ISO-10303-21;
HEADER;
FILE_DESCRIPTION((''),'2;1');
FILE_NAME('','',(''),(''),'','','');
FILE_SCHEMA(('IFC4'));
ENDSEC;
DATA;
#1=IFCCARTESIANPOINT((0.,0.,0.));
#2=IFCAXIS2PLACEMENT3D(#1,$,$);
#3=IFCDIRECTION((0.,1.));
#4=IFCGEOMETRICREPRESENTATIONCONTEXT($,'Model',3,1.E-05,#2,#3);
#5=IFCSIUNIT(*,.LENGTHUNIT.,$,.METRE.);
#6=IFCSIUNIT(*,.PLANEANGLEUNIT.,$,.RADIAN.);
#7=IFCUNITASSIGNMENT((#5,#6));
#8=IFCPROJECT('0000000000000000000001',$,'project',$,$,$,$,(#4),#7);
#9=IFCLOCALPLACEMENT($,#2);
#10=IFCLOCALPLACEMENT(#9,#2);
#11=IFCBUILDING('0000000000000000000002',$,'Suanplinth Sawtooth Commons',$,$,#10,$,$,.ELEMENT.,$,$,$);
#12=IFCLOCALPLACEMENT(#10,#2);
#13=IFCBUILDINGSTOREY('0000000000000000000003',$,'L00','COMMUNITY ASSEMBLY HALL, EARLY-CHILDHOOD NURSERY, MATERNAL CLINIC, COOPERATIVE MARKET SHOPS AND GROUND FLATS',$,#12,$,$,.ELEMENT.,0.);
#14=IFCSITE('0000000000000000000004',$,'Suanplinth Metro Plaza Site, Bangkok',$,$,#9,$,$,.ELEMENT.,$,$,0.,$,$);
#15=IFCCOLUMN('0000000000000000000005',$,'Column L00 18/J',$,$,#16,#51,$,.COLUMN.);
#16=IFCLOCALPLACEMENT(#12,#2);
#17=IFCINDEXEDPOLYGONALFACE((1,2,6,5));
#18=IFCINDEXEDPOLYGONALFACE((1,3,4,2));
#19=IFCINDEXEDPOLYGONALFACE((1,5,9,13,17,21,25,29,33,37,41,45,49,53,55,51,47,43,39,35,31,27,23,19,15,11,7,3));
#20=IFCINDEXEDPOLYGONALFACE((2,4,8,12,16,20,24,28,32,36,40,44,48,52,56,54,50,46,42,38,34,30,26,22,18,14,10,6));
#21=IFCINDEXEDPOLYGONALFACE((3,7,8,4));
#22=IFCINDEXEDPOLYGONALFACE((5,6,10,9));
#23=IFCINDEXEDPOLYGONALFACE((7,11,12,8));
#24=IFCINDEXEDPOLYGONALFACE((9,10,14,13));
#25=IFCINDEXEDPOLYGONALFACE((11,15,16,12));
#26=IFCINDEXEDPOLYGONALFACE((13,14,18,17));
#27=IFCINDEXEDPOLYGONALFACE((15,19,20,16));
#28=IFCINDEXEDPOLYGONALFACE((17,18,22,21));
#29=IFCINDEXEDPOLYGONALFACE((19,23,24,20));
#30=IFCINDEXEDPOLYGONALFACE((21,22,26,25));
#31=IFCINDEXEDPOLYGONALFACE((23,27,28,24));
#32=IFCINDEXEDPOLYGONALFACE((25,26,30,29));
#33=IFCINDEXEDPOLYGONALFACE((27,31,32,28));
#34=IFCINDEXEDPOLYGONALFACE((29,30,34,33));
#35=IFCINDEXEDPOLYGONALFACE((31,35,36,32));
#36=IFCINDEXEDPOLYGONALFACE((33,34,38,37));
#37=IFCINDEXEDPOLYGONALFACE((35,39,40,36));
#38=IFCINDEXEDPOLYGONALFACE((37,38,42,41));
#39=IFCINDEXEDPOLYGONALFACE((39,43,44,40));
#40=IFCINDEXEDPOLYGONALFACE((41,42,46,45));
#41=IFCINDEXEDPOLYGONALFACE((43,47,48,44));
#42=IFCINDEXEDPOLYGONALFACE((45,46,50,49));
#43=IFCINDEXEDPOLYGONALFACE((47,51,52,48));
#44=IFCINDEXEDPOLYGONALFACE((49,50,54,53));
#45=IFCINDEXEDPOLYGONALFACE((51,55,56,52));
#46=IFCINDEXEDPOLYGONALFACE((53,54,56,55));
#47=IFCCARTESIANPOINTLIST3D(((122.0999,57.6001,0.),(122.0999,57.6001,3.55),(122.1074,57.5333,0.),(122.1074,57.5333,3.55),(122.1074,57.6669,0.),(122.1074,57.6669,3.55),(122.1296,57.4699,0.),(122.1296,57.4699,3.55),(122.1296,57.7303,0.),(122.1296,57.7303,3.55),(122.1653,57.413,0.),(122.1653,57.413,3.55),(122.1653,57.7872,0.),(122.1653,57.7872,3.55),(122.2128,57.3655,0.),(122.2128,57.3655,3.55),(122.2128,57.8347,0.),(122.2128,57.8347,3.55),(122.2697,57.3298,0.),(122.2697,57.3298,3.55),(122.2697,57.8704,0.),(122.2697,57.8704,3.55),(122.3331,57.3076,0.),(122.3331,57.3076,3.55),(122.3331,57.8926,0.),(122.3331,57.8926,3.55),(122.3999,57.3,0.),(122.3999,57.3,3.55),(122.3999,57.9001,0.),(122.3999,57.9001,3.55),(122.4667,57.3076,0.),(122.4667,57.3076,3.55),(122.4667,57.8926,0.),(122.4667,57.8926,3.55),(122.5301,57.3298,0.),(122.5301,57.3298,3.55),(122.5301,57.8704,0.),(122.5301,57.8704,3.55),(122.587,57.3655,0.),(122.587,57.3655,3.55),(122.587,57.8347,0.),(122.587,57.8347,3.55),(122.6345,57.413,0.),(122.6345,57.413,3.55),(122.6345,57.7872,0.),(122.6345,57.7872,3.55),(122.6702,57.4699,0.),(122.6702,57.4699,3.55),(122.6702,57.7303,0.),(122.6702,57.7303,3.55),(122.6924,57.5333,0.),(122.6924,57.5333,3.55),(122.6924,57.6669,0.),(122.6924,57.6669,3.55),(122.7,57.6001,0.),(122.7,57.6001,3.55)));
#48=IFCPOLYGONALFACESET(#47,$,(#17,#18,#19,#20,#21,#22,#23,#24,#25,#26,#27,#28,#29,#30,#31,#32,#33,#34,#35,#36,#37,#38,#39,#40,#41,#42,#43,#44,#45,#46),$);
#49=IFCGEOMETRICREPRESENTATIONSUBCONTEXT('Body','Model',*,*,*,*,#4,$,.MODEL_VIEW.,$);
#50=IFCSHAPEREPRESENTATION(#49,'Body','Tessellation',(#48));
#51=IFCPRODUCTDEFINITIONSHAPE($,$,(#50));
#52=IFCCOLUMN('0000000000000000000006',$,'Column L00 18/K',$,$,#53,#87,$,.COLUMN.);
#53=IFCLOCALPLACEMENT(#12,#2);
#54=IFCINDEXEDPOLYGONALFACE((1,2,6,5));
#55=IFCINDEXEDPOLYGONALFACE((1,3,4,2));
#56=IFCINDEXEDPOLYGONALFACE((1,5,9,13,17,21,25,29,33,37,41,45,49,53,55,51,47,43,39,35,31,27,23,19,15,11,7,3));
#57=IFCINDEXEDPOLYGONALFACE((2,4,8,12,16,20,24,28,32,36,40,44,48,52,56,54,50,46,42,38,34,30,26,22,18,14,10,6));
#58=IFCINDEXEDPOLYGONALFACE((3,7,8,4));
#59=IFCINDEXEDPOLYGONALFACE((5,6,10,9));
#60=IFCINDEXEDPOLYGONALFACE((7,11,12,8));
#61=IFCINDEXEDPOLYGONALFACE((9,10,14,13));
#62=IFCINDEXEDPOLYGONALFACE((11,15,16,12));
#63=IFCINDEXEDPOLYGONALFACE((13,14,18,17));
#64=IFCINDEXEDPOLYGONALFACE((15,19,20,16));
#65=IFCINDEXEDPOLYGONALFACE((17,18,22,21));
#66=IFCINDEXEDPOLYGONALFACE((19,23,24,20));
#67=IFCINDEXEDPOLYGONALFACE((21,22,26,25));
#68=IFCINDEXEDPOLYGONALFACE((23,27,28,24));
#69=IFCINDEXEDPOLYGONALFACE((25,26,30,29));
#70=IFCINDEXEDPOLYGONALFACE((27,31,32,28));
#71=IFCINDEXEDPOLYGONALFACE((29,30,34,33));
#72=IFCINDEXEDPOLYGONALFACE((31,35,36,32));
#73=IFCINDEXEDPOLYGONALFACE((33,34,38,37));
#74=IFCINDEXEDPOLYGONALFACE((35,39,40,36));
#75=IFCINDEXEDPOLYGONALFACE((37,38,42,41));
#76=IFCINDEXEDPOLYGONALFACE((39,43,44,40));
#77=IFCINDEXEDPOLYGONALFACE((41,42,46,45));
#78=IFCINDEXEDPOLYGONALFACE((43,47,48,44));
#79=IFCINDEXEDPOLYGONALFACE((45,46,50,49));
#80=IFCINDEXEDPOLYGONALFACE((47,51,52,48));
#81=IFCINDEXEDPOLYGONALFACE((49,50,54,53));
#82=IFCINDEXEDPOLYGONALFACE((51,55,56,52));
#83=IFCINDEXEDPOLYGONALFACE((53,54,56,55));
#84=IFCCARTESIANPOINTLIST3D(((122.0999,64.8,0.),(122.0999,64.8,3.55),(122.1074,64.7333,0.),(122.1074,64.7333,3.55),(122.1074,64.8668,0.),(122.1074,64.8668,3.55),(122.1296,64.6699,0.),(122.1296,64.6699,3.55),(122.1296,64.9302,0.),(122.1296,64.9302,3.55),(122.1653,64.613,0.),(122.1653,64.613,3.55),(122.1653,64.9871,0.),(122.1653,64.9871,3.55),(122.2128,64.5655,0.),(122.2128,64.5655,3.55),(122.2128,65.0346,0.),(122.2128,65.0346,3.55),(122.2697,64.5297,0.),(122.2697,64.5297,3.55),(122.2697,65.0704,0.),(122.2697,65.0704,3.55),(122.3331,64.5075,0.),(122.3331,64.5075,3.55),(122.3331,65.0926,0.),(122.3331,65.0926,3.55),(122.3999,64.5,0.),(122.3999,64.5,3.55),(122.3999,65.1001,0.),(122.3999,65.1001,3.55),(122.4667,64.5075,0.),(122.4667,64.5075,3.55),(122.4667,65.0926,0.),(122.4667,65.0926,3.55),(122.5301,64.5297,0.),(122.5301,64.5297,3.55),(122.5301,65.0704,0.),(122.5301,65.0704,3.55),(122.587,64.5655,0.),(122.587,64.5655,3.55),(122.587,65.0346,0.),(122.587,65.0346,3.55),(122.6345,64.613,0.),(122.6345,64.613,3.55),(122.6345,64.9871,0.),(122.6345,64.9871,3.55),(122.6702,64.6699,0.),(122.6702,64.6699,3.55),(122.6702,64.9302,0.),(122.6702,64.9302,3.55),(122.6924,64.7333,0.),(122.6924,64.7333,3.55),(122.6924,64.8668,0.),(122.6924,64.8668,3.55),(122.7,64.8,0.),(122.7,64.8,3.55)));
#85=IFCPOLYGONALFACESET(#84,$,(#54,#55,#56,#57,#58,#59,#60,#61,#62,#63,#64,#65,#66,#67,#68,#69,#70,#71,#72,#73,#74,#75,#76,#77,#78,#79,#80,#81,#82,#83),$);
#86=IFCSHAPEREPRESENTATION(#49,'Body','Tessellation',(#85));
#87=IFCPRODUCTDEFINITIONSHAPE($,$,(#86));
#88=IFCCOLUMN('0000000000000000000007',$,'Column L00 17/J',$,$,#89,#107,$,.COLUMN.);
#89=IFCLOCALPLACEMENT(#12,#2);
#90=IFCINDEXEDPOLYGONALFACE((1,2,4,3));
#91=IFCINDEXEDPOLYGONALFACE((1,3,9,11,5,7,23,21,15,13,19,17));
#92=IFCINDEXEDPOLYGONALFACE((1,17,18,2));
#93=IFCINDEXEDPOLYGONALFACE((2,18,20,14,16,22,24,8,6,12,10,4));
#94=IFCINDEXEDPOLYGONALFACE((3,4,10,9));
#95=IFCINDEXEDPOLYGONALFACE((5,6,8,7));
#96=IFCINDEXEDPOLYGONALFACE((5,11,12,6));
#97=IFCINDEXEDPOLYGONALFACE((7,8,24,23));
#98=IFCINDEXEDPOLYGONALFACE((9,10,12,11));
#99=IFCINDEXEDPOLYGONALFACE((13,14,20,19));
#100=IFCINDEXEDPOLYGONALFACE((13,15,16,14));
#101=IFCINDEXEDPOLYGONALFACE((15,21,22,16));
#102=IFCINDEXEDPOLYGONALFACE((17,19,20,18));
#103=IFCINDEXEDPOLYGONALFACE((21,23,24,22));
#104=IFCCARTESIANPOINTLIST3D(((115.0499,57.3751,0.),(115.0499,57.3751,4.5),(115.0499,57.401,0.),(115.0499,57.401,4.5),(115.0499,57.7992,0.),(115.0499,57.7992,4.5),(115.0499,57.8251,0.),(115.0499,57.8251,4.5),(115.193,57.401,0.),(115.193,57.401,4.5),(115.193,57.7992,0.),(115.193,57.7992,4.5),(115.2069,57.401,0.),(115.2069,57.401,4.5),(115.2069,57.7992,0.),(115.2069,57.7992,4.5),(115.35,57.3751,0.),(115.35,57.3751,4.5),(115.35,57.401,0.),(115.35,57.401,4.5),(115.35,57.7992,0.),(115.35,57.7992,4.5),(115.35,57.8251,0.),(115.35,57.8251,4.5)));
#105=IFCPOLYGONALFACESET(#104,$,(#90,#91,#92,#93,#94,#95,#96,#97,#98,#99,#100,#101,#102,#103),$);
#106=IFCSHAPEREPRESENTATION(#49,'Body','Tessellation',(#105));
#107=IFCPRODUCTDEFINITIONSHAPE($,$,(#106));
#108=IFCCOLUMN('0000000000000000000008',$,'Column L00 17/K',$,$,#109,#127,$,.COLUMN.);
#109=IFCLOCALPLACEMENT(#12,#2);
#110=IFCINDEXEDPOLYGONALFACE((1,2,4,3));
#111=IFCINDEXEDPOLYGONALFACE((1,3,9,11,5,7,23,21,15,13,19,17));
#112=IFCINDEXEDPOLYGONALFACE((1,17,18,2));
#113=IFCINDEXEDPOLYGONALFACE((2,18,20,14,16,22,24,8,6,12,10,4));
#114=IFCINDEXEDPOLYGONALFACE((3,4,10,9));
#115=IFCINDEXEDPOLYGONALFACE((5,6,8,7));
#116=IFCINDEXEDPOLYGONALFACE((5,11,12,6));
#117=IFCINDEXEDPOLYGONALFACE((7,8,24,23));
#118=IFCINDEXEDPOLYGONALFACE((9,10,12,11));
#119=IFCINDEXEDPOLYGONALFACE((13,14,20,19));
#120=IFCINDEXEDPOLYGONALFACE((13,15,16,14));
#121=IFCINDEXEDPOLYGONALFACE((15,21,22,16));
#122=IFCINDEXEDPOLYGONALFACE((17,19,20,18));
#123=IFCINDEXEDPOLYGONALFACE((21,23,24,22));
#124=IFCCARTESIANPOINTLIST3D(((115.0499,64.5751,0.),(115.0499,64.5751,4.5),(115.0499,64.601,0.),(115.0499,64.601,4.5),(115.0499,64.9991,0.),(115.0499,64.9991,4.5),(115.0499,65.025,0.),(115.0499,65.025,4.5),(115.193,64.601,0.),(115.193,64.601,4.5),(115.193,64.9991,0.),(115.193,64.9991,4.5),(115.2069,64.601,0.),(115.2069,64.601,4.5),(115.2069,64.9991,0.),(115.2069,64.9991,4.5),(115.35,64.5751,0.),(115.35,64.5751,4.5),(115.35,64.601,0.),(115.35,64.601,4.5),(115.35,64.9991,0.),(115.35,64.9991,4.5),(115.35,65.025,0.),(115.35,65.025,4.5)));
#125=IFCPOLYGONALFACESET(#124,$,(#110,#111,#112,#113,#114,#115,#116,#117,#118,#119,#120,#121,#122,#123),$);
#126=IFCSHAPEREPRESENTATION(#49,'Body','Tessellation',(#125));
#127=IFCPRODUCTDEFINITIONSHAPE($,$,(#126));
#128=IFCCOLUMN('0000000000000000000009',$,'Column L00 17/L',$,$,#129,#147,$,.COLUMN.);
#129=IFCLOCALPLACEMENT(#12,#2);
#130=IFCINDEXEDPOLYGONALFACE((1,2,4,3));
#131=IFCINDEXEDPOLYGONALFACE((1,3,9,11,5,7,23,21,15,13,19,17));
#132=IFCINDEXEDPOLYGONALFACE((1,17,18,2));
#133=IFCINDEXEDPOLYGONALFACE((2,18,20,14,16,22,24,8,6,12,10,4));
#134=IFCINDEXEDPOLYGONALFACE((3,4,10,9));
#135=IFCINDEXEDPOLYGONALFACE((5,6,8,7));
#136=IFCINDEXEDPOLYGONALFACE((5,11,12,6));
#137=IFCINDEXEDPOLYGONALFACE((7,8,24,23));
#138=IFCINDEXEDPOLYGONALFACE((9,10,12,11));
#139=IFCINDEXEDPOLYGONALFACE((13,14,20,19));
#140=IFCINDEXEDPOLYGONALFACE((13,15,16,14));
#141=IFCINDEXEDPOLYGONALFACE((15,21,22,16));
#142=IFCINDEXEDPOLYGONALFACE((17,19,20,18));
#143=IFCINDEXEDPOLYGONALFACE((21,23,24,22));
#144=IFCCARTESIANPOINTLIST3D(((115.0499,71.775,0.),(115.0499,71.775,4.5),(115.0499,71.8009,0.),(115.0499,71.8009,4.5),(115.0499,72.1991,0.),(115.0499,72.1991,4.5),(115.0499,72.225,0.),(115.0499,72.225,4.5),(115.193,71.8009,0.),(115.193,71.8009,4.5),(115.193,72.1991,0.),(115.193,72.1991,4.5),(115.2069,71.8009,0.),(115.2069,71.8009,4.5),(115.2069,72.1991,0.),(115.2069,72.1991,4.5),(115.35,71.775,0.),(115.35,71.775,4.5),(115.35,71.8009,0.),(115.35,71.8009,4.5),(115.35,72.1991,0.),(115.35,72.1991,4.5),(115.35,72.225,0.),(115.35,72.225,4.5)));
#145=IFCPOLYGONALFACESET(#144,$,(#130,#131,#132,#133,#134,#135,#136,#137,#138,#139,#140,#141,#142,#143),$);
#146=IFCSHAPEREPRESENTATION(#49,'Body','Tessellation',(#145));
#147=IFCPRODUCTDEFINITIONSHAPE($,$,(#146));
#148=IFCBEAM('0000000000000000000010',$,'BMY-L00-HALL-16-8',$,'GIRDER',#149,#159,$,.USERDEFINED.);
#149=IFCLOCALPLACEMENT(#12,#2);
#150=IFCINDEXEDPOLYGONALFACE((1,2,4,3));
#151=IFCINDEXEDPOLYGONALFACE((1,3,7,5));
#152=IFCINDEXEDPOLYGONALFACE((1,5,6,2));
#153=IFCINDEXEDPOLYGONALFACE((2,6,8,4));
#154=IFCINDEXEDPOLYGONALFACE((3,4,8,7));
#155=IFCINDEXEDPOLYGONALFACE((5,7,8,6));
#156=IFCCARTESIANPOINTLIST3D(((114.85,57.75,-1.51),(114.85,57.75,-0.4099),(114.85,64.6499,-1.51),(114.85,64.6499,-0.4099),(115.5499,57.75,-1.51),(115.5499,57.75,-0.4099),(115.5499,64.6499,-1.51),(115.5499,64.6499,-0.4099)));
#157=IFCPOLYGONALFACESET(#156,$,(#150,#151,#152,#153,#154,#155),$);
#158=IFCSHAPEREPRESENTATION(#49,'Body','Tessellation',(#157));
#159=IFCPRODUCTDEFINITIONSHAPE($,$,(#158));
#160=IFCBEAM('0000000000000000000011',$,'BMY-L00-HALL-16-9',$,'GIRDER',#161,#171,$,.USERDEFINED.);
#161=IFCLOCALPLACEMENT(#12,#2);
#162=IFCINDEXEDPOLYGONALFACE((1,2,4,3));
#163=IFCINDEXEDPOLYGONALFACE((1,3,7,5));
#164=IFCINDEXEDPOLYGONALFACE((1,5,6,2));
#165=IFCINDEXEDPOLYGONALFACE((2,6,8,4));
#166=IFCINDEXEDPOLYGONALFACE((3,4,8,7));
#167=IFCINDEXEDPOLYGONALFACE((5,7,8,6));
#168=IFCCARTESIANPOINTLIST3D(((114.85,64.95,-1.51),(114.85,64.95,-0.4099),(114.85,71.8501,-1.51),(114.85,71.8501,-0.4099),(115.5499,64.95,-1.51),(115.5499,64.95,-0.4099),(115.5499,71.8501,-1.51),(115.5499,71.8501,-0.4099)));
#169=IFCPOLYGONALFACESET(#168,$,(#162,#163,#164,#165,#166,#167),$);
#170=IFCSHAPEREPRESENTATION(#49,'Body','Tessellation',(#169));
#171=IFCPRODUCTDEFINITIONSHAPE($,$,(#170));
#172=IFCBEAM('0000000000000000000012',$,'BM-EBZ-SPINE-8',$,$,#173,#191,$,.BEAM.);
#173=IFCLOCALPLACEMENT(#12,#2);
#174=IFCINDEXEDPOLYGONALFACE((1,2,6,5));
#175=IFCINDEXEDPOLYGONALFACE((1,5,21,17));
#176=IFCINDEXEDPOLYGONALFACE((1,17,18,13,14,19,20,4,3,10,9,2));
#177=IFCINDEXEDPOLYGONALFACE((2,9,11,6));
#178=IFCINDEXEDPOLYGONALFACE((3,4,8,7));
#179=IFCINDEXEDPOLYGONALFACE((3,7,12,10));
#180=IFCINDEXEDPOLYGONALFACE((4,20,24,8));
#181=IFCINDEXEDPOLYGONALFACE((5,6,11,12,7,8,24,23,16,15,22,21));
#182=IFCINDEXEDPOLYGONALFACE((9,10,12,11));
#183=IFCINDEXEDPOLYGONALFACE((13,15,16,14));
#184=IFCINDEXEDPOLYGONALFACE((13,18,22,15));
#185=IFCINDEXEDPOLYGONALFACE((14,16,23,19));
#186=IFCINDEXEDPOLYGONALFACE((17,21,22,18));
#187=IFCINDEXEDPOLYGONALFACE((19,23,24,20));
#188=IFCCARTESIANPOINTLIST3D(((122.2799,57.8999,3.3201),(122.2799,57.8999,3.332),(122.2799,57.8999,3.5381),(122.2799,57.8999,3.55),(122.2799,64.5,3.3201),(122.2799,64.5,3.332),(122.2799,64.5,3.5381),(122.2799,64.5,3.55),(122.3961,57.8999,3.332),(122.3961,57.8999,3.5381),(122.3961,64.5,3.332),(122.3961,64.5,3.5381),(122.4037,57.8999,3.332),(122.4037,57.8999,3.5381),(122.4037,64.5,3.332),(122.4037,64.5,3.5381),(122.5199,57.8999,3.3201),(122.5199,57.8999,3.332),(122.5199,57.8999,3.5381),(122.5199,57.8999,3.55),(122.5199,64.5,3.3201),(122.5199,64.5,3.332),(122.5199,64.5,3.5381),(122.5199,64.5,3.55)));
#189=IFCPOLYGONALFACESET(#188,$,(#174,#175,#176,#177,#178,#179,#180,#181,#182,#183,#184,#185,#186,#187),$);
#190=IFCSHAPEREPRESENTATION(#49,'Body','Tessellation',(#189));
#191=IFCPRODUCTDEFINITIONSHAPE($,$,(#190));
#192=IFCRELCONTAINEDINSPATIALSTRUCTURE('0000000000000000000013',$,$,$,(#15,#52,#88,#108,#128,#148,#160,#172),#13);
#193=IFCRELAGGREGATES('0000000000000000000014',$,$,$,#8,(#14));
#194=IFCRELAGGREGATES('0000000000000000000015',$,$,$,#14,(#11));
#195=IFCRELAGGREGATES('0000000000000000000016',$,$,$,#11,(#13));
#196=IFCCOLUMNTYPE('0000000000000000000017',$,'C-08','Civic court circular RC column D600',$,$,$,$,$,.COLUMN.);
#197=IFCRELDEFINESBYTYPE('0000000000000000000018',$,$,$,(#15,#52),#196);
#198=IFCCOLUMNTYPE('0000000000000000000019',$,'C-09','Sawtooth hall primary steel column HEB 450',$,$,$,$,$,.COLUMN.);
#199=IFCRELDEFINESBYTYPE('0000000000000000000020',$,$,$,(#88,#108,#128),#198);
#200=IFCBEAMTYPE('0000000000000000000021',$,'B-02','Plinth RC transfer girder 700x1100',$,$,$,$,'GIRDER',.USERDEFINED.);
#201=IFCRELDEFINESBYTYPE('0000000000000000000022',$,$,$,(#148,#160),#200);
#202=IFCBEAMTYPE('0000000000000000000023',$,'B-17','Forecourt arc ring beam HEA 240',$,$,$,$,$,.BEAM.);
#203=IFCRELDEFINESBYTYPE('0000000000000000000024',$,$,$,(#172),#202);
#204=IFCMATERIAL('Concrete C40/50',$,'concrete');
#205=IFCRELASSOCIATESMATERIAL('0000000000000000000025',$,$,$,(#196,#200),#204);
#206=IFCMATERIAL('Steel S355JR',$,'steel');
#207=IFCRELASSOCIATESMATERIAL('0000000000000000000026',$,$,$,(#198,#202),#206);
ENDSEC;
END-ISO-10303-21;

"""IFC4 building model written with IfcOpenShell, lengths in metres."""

from ifc_helpers import new_model, si_unit, direction, frame, origin, origin_2d, place, context, subcontext, project, spatial, rectangle, circle, i_section, extrude, material, material_profile, profile_set, type_object, element, save


model = new_model("IFC4")

# Units and contexts
model_context = context("Model", 3, precision=1e-05, world=origin(), true_north=direction((0.0, 1.0)))
body_context = subcontext(model_context, "Body", "Model", "MODEL_VIEW")
ifc_project = project(units=[si_unit("LENGTHUNIT", "METRE"), si_unit("PLANEANGLEUNIT", "RADIAN")], contexts=[model_context])

# Site, building, storey
site_placement = place(None, origin())
site = spatial("IfcSite", under=ifc_project, at=site_placement, Name="Suanplinth Metro Plaza Site, Bangkok", CompositionType="ELEMENT", RefElevation=0.0)
building_placement = place(site_placement, origin())
building = spatial("IfcBuilding", under=site, at=building_placement, Name="Suanplinth Sawtooth Commons", CompositionType="ELEMENT")
storey_placement = place(building_placement, origin())
storey = spatial("IfcBuildingStorey", under=building, at=storey_placement, Name="L00", Description="COMMUNITY ASSEMBLY HALL, EARLY-CHILDHOOD NURSERY, MATERNAL CLINIC, COOPERATIVE MARKET SHOPS AND GROUND FLATS", CompositionType="ELEMENT", Elevation=0.0)

# Columns
ifc_material_1 = material(Name="Concrete C40/50", Category="concrete")
ifc_material_profile_1 = material_profile(ifc_material_1, circle(Radius=0.3, at=origin_2d()), Name="RC-CIRC D600")
ifc_profile_set_1 = profile_set([ifc_material_profile_1], Name="Concrete C40/50")
column_type_1 = type_object("IfcColumnType", Name="C-08", Description="Civic court circular RC column D600", PredefinedType="COLUMN", material=ifc_profile_set_1)
for number, where, z_axis, x_axis, name in (
    (1, (122.3999, 57.6001, 0.0), (0.0, 0.0, 1.0), (1.0, 0.0, 0.0), "Column L00 18/J"),
    (2, (122.3999, 64.8, 0.0), (0.0, 0.0, 1.0), (1.0, 0.0, 0.0), "Column L00 18/K"),
):
    element("IfcColumn", number, at=place(storey_placement, frame(where, z_axis=z_axis, x_axis=x_axis)), inside=storey, type_object=column_type_1, Name=name, PredefinedType="COLUMN", context=body_context, shape_type="SweptSolid", body=[
        extrude(circle(Radius=0.3, at=origin_2d()), origin(), (0.0, 0.0, 1.0), 3.55),
    ])
ifc_material_2 = material(Name="Steel S355JR", Category="steel")
ifc_material_profile_2 = material_profile(ifc_material_2, i_section(OverallWidth=0.3, OverallDepth=0.45, WebThickness=0.0139, FlangeThickness=0.0259, at=origin_2d()), Name="HEB 450")
ifc_profile_set_2 = profile_set([ifc_material_profile_2], Name="Steel S355JR")
column_type_2 = type_object("IfcColumnType", Name="C-09", Description="Sawtooth hall primary steel column HEB 450", PredefinedType="COLUMN", material=ifc_profile_set_2)
for number, where, z_axis, x_axis, name in (
    (3, (115.2, 57.6001, 0.0), (0.0, 0.0, 1.0), (1.0, 0.0, 0.0), "Column L00 17/J"),
    (4, (115.2, 64.8, 0.0), (0.0, 0.0, 1.0), (1.0, 0.0, 0.0), "Column L00 17/K"),
    (5, (115.2, 72.0, 0.0), (0.0, 0.0, 1.0), (1.0, 0.0, 0.0), "Column L00 17/L"),
):
    element("IfcColumn", number, at=place(storey_placement, frame(where, z_axis=z_axis, x_axis=x_axis)), inside=storey, type_object=column_type_2, Name=name, PredefinedType="COLUMN", context=body_context, shape_type="SweptSolid", body=[
        extrude(i_section(OverallWidth=0.3, OverallDepth=0.45, WebThickness=0.0139, FlangeThickness=0.0259, at=origin_2d()), origin(), (0.0, 0.0, 1.0), 4.5),
    ])

# Beams
ifc_material_profile_3 = material_profile(ifc_material_1, rectangle(XDim=0.7, YDim=1.1001, at=origin_2d()), Name="RC-TG 700x1100")
ifc_profile_set_3 = profile_set([ifc_material_profile_3], Name="Concrete C40/50")
beam_type_1 = type_object("IfcBeamType", Name="B-02", Description="Plinth RC transfer girder 700x1100", ElementType="GIRDER", PredefinedType="USERDEFINED", material=ifc_profile_set_3)
beam_1_placement = place(storey_placement, frame((115.2, 57.75, -0.96), z_axis=(0.0, 1.0, 0.0), x_axis=(-1.0, 0.0, 0.0)))
element("IfcBeam", 6, at=beam_1_placement, inside=storey, type_object=beam_type_1, Name="BMY-L00-HALL-16-8", ObjectType="GIRDER", PredefinedType="USERDEFINED", context=body_context, shape_type="SweptSolid", body=[
    extrude(rectangle(XDim=0.7, YDim=1.1001, at=origin_2d()), origin(), (0.0, 0.0, 1.0), 6.8999),
])
beam_2_placement = place(storey_placement, frame((115.2, 64.95, -0.96), z_axis=(0.0, 1.0, 0.0), x_axis=(-1.0, 0.0, 0.0)))
element("IfcBeam", 7, at=beam_2_placement, inside=storey, type_object=beam_type_1, Name="BMY-L00-HALL-16-9", ObjectType="GIRDER", PredefinedType="USERDEFINED", context=body_context, shape_type="SweptSolid", body=[
    extrude(rectangle(XDim=0.7, YDim=1.1001, at=origin_2d()), origin(), (0.0, 0.0, 1.0), 6.9001),
])
ifc_material_profile_4 = material_profile(ifc_material_2, i_section(OverallWidth=0.24, OverallDepth=0.23, WebThickness=0.0076, FlangeThickness=0.012, at=origin_2d()), Name="HEA 240")
ifc_profile_set_4 = profile_set([ifc_material_profile_4], Name="Steel S355JR")
beam_type_2 = type_object("IfcBeamType", Name="B-17", Description="Forecourt arc ring beam HEA 240", PredefinedType="BEAM", material=ifc_profile_set_4)
beam_3_placement = place(storey_placement, frame((122.3999, 57.8999, 3.4351), z_axis=(0.0, 1.0, 0.0), x_axis=(-1.0, 0.0, 0.0)))
element("IfcBeam", 8, at=beam_3_placement, inside=storey, type_object=beam_type_2, Name="BM-EBZ-SPINE-8", PredefinedType="BEAM", context=body_context, shape_type="SweptSolid", body=[
    extrude(i_section(OverallWidth=0.24, OverallDepth=0.23, WebThickness=0.0076, FlangeThickness=0.012, at=origin_2d()), origin(), (0.0, 0.0, 1.0), 6.6001),
])

save(model, "model.ifc")
